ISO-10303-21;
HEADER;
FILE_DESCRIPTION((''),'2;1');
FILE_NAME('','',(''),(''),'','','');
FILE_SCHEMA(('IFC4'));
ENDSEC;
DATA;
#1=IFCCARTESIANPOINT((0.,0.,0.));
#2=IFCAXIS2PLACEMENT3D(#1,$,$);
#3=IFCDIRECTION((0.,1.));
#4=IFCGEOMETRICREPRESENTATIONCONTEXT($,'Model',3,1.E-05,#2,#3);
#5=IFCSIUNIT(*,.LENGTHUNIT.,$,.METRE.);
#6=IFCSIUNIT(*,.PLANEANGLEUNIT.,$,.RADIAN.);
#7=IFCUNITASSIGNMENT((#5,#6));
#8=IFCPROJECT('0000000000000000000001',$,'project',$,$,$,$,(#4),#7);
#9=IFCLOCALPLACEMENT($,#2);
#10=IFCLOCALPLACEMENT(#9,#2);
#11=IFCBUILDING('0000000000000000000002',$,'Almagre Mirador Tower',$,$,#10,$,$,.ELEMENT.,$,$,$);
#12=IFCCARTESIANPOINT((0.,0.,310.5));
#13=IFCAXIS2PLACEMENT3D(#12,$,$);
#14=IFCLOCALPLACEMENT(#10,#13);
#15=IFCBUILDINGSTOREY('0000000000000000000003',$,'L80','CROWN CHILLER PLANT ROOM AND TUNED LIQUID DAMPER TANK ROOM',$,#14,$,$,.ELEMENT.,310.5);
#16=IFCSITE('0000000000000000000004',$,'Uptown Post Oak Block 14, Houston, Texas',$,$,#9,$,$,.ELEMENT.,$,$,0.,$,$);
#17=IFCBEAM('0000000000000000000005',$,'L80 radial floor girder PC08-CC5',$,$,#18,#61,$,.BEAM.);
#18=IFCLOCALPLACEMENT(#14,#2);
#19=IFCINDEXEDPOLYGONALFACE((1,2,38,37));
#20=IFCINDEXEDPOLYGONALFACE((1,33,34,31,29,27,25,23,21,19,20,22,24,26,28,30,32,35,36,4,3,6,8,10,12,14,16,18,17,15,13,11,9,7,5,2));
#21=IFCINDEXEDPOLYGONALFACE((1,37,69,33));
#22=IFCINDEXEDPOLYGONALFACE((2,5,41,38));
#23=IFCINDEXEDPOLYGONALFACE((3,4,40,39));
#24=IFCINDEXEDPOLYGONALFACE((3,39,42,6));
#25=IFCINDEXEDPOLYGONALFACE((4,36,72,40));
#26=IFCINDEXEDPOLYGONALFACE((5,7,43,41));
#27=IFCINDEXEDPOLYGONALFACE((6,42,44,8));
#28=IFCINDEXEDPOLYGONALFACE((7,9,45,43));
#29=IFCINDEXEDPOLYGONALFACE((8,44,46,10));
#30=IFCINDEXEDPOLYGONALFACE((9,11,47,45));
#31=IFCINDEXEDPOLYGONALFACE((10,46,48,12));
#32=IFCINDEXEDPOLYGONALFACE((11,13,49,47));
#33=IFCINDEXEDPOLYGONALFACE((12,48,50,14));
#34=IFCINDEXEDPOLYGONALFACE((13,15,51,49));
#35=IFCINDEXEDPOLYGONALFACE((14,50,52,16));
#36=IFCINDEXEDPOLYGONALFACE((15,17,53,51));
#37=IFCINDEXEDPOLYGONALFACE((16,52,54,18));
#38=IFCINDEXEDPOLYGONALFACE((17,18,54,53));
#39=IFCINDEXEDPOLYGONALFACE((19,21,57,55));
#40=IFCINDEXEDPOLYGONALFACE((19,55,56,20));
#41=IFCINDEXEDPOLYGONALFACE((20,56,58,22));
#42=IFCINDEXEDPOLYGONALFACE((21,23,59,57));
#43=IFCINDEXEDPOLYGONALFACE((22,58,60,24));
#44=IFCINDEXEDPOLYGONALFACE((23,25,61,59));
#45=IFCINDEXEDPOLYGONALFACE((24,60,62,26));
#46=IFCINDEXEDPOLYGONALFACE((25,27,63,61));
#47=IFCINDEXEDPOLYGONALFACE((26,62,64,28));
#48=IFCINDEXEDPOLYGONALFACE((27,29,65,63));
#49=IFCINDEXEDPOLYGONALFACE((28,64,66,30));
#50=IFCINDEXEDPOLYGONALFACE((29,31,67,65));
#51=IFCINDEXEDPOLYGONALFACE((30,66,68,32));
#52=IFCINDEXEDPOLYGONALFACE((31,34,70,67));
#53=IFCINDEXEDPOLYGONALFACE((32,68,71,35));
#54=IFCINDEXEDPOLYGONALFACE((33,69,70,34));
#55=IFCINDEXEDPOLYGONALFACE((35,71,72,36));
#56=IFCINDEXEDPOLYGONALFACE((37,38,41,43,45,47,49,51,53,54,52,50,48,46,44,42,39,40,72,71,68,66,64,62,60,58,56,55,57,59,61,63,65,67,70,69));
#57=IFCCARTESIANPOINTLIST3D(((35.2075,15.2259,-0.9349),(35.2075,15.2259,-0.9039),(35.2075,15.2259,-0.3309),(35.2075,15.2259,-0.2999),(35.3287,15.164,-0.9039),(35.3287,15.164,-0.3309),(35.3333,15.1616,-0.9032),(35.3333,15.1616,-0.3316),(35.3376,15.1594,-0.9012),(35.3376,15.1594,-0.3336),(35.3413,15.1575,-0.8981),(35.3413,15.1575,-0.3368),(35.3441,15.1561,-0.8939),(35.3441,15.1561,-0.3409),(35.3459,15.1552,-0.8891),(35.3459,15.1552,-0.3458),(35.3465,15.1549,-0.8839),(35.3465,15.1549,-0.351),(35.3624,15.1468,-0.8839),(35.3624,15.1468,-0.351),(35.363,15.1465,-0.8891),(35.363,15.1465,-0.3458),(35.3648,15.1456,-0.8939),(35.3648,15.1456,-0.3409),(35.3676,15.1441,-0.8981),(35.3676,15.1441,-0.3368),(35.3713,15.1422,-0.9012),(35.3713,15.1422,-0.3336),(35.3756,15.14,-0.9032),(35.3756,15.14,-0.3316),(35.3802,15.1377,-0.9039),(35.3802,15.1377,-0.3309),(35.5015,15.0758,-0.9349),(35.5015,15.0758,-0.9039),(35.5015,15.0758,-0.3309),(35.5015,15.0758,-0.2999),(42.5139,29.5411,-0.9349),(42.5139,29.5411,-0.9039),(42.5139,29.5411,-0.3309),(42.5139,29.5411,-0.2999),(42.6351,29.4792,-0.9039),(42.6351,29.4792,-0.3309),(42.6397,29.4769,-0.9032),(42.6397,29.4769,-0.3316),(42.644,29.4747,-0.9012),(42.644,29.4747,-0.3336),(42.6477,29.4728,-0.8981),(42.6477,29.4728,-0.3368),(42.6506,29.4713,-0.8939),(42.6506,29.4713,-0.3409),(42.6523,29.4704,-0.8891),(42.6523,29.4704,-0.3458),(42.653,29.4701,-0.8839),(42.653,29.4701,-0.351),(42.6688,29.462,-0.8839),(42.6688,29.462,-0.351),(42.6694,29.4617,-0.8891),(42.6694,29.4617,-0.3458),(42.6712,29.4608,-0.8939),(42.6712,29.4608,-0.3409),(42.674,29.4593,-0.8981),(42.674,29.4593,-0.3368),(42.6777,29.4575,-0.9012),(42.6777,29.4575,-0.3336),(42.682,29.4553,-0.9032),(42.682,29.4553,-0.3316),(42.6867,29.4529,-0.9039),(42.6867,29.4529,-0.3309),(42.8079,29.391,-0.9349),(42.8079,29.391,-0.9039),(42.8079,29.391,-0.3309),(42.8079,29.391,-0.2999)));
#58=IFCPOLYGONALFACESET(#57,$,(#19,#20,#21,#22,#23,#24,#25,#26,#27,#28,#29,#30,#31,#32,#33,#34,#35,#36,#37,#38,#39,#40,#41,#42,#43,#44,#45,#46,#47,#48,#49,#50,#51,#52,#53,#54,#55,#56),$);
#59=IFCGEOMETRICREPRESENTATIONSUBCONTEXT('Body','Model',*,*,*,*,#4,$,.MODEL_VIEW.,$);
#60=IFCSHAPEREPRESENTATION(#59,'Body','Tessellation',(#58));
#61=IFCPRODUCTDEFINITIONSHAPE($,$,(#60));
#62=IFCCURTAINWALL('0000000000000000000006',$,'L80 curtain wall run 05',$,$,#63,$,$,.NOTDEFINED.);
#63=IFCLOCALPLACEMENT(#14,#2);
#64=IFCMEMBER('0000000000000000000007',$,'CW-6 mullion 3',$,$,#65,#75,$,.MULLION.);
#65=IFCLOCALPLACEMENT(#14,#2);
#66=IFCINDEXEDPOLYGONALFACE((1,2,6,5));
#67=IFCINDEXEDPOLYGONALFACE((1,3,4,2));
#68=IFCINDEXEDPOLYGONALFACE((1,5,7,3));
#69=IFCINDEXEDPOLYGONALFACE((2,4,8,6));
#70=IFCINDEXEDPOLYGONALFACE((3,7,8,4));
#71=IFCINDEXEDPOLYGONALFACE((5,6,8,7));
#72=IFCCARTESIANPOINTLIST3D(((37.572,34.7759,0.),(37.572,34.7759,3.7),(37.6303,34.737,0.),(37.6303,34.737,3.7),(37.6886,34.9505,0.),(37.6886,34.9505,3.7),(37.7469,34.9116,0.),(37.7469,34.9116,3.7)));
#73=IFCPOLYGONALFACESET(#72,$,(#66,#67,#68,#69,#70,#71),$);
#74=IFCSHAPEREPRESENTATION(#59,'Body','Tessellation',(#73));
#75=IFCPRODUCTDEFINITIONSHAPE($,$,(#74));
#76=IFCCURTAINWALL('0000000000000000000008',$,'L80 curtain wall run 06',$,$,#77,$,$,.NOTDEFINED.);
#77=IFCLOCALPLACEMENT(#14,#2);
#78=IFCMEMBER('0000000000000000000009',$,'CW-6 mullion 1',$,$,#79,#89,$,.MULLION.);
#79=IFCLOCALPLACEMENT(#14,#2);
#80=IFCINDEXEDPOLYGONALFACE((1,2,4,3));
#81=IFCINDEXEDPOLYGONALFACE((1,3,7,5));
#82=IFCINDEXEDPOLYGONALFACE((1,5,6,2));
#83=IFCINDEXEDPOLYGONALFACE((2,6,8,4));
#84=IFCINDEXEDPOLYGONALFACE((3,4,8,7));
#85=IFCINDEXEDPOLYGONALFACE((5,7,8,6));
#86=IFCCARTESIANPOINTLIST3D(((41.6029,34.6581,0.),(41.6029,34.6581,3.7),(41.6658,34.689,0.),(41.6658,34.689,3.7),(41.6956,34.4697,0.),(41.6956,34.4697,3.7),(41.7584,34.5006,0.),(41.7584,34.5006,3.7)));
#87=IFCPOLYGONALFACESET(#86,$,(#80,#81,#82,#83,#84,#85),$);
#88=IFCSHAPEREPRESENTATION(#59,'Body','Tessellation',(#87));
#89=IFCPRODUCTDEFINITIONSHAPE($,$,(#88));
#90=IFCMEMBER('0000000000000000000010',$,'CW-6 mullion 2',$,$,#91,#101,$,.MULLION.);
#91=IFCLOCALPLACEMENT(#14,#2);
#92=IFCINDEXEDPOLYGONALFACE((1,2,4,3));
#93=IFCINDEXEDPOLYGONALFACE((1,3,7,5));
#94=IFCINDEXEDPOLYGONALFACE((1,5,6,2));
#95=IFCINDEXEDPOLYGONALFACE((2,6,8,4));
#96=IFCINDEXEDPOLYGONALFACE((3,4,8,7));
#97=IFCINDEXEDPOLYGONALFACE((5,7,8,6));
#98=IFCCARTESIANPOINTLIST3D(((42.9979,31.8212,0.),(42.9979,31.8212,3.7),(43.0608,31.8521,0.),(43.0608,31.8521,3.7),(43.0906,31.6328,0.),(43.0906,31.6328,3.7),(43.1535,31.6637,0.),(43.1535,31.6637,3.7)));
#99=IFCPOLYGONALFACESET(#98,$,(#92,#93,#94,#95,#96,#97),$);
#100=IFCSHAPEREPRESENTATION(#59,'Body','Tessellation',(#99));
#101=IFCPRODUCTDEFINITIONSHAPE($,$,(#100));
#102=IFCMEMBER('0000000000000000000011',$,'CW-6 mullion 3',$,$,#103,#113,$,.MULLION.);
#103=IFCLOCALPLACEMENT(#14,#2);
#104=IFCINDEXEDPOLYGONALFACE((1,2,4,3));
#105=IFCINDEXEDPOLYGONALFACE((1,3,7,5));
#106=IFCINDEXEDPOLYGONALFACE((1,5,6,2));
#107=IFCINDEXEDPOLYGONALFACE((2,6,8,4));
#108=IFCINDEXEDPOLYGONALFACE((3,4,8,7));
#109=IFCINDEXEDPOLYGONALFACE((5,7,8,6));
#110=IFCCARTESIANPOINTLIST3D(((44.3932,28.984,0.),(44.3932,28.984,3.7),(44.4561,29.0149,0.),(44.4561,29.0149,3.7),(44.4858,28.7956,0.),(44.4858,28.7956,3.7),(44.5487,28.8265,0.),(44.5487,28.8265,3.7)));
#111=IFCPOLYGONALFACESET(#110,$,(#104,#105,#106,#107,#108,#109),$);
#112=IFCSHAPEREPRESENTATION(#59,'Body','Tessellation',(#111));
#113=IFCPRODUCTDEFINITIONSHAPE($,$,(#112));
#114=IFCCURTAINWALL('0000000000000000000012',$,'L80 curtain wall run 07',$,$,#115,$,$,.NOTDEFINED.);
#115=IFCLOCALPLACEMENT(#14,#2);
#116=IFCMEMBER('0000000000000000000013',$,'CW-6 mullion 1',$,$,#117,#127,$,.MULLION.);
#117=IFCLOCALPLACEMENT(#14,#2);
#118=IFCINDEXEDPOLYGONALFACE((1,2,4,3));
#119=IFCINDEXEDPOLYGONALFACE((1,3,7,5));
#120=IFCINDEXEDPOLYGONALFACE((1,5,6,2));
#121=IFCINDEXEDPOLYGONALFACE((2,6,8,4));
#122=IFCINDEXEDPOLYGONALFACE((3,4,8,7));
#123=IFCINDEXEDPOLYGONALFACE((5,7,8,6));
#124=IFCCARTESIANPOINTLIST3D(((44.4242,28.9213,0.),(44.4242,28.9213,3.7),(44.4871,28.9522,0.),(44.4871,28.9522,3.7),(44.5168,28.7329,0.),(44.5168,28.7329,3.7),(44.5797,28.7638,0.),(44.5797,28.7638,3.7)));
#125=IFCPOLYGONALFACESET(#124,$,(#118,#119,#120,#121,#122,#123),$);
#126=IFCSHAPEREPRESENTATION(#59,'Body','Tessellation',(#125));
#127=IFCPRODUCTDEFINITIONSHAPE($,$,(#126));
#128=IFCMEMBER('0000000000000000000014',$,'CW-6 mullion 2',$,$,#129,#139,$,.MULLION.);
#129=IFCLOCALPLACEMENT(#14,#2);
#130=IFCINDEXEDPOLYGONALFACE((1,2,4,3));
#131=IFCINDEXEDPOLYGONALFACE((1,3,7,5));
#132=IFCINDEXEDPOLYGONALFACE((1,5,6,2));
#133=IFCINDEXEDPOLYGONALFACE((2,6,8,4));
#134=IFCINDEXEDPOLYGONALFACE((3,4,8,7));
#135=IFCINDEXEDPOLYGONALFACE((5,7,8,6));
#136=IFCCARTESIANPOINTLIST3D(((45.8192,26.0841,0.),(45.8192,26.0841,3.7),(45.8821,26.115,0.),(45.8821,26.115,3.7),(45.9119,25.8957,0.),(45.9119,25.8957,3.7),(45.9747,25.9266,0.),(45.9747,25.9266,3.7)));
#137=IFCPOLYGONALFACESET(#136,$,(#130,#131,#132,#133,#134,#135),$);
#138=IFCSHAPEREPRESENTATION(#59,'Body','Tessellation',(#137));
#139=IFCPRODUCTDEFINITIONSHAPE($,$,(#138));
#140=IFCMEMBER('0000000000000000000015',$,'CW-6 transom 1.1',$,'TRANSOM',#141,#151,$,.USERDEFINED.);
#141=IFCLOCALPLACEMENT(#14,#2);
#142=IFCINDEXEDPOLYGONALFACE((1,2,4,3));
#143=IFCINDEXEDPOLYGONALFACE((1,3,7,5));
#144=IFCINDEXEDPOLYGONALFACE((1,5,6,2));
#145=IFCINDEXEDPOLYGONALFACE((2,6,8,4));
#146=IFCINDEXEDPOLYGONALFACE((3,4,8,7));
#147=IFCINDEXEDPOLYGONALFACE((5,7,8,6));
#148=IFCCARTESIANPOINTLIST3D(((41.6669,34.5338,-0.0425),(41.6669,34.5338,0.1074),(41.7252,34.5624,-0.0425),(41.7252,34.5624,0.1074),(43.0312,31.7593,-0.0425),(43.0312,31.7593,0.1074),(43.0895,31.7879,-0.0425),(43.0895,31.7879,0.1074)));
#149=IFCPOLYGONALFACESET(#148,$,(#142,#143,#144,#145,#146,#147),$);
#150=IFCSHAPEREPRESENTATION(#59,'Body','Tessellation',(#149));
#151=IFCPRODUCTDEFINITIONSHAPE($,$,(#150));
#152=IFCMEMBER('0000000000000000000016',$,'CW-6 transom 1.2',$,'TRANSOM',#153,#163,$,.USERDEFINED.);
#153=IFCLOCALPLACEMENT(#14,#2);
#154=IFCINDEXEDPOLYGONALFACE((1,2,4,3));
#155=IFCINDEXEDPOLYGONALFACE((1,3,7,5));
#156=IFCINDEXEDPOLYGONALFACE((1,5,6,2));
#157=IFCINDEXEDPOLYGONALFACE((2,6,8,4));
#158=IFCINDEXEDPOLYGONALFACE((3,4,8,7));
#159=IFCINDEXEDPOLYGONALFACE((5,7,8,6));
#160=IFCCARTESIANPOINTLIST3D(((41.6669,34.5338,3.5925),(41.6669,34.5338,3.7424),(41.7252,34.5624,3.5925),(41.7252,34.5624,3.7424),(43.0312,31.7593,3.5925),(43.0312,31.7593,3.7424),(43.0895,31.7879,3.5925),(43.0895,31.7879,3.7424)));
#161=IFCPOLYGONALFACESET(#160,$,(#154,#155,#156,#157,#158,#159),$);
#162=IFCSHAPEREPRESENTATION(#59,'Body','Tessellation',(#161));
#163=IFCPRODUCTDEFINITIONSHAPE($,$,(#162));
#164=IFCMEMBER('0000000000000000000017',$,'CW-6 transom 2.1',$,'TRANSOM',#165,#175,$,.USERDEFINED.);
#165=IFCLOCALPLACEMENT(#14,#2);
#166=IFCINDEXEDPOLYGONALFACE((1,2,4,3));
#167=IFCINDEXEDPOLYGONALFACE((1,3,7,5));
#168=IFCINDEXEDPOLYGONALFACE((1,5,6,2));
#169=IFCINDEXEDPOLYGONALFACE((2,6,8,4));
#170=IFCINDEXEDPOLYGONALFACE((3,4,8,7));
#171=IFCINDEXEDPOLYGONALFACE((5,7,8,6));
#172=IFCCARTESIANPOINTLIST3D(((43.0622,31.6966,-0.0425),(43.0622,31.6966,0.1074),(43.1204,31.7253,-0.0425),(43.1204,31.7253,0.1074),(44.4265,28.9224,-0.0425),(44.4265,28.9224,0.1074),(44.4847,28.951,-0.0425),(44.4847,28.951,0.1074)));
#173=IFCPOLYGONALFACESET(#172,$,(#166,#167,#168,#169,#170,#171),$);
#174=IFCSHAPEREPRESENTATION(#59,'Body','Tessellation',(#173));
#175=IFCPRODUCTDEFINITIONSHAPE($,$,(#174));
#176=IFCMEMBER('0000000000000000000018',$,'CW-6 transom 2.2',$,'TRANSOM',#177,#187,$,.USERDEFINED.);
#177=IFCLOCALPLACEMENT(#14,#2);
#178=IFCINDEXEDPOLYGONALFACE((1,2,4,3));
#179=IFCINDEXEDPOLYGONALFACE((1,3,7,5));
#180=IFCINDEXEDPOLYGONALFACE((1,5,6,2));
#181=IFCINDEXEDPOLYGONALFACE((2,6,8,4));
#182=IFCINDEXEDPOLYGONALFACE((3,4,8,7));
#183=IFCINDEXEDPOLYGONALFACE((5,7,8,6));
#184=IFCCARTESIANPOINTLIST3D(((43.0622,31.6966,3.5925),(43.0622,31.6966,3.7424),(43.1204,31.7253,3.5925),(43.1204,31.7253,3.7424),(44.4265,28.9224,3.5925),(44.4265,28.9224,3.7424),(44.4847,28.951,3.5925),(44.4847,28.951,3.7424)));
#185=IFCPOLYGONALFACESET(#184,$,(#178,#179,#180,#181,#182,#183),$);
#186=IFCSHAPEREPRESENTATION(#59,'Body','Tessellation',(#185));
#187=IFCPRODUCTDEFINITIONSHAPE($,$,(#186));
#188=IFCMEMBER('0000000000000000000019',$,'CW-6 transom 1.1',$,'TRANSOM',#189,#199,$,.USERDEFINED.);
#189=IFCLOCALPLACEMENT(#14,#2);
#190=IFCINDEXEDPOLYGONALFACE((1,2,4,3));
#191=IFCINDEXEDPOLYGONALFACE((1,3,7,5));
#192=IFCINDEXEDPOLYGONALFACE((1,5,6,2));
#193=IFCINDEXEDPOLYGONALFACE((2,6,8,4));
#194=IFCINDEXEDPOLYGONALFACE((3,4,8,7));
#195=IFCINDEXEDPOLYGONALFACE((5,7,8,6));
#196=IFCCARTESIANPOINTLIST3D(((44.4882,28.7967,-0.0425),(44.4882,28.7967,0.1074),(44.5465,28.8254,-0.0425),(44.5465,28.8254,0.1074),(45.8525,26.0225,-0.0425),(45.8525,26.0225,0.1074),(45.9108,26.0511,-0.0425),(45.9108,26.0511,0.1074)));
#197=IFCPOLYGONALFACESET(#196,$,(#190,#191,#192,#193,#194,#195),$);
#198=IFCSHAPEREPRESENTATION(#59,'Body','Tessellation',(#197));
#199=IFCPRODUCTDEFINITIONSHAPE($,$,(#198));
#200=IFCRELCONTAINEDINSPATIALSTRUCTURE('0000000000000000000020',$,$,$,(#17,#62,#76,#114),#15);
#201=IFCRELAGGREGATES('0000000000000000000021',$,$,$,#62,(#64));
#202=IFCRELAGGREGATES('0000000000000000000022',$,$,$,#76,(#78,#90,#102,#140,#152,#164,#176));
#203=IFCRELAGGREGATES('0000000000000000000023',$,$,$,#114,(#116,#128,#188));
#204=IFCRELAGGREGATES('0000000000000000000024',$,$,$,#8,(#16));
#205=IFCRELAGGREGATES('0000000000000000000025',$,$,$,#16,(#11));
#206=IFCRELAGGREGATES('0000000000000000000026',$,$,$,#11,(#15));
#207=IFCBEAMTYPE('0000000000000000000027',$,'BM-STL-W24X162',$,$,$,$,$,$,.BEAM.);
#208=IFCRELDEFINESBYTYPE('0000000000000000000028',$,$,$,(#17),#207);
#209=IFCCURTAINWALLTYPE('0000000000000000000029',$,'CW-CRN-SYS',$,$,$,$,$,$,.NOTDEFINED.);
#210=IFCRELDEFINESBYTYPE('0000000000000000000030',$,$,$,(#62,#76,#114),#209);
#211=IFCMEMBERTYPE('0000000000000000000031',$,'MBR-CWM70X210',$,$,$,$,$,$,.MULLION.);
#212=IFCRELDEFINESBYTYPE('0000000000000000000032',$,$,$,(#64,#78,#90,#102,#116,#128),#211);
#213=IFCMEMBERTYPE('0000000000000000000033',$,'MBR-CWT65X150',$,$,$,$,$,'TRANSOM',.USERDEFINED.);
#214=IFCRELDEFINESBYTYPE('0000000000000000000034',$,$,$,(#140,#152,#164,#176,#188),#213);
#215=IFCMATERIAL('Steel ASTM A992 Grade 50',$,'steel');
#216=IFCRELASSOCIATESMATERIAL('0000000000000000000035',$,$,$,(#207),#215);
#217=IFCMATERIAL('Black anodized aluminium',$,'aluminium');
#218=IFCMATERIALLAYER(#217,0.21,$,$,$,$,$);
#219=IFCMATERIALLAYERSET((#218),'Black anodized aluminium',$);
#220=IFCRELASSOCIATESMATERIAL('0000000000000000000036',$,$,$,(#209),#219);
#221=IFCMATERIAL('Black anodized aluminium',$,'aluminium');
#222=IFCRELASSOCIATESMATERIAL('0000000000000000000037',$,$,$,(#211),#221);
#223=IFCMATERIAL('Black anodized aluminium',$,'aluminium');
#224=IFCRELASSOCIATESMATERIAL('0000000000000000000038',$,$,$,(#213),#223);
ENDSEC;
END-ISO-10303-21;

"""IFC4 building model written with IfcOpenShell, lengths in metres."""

from ifc_helpers import new_model, si_unit, direction, frame, origin, origin_2d, place, context, subcontext, project, spatial, rectangle, i_section, extrude, material, layer, layer_set, material_profile, profile_set, type_object, element, aggregate, save


model = new_model("IFC4")

# Units and contexts
model_context = context("Model", 3, precision=1e-05, world=origin(), true_north=direction((0.0, 1.0)))
body_context = subcontext(model_context, "Body", "Model", "MODEL_VIEW")
ifc_project = project(units=[si_unit("LENGTHUNIT", "METRE"), si_unit("PLANEANGLEUNIT", "RADIAN")], contexts=[model_context])

# Site, building, storey
site_placement = place(None, origin())
site = spatial("IfcSite", under=ifc_project, at=site_placement, Name="Uptown Post Oak Block 14, Houston, Texas", CompositionType="ELEMENT", RefElevation=0.0)
building_placement = place(site_placement, origin())
building = spatial("IfcBuilding", under=site, at=building_placement, Name="Almagre Mirador Tower", CompositionType="ELEMENT")
storey_placement = place(building_placement, frame((0.0, 0.0, 310.5)))
storey = spatial("IfcBuildingStorey", under=building, at=storey_placement, Name="L80", Description="CROWN CHILLER PLANT ROOM AND TUNED LIQUID DAMPER TANK ROOM", CompositionType="ELEMENT", Elevation=310.5)

# Beam
ifc_material_1 = material(Name="Steel ASTM A992 Grade 50", Category="steel")
ifc_material_profile_1 = material_profile(ifc_material_1, i_section(OverallWidth=0.3301, OverallDepth=0.635, WebThickness=0.0178, FlangeThickness=0.031, FilletRadius=0.02, at=origin_2d()), Name="W24X162")
ifc_profile_set_1 = profile_set([ifc_material_profile_1], Name="Steel ASTM A992 Grade 50")
beam_type_1 = type_object("IfcBeamType", Name="BM-STL-W24X162", PredefinedType="BEAM", material=ifc_profile_set_1)
beam_1_placement = place(storey_placement, frame((42.6609, 29.4661, -0.6174), z_axis=(-0.454605, -0.890693, 0.0), x_axis=(0.890693, -0.454605, 0.0)))
element("IfcBeam", 1, at=beam_1_placement, inside=storey, type_object=beam_type_1, Name="L80 radial floor girder PC08-CC5", PredefinedType="BEAM", context=body_context, shape_type="SweptSolid", body=[
    extrude(i_section(OverallWidth=0.3301, OverallDepth=0.635, WebThickness=0.0178, FlangeThickness=0.031, FilletRadius=0.02, at=origin_2d()), origin(), (0.0, 0.0, 1.0), 16.072),
])

# Curtain wall, member
ifc_material_2 = material(Name="Black anodized aluminium", Category="aluminium")
ifc_layer_1 = layer(ifc_material_2, 0.21)
ifc_layer_set_1 = layer_set([ifc_layer_1], Name="Black anodized aluminium")
curtain_wall_type = type_object("IfcCurtainWallType", Name="CW-CRN-SYS", PredefinedType="NOTDEFINED", material=ifc_layer_set_1)
curtain_wall_1_placement = place(storey_placement, origin())
curtain_wall_1 = element("IfcCurtainWall", 2, at=curtain_wall_1_placement, inside=storey, type_object=curtain_wall_type, Name="L80 curtain wall run 05", PredefinedType="NOTDEFINED")
ifc_material_3 = material(Name="Black anodized aluminium", Category="aluminium")
ifc_material_profile_2 = material_profile(ifc_material_3, rectangle(XDim=0.0701, YDim=0.21, at=origin_2d()), Name="CWM70X210")
ifc_profile_set_2 = profile_set([ifc_material_profile_2], Name="Black anodized aluminium")
member_type_1 = type_object("IfcMemberType", Name="MBR-CWM70X210", PredefinedType="MULLION", material=ifc_profile_set_2)
member_1_placement = place(storey_placement, frame((37.6594, 34.8438, 0.0), z_axis=(0.0, 0.0, 1.0), x_axis=(-0.831672, 0.555267, 0.0)))
member_1 = element("IfcMember", 3, at=member_1_placement, type_object=member_type_1, Name="CW-6 mullion 3", PredefinedType="MULLION", context=body_context, shape_type="SweptSolid", body=[
    extrude(rectangle(XDim=0.0701, YDim=0.21, at=origin_2d()), origin(), (0.0, 0.0, 1.0), 3.7),
])

# Curtain walls, members
curtain_wall_2_placement = place(storey_placement, origin())
curtain_wall_2 = element("IfcCurtainWall", 4, at=curtain_wall_2_placement, inside=storey, type_object=curtain_wall_type, Name="L80 curtain wall run 06", PredefinedType="NOTDEFINED")
member_2_placement = place(storey_placement, frame((41.6807, 34.5793, 0.0), z_axis=(0.0, 0.0, 1.0), x_axis=(0.897358, 0.441304, 0.0)))
member_2 = element("IfcMember", 5, at=member_2_placement, type_object=member_type_1, Name="CW-6 mullion 1", PredefinedType="MULLION", context=body_context, shape_type="SweptSolid", body=[
    extrude(rectangle(XDim=0.0701, YDim=0.21, at=origin_2d()), origin(), (0.0, 0.0, 1.0), 3.7),
])
member_3_placement = place(storey_placement, frame((43.0757, 31.7424, 0.0), z_axis=(0.0, 0.0, 1.0), x_axis=(0.897358, 0.441304, 0.0)))
member_3 = element("IfcMember", 6, at=member_3_placement, type_object=member_type_1, Name="CW-6 mullion 2", PredefinedType="MULLION", context=body_context, shape_type="SweptSolid", body=[
    extrude(rectangle(XDim=0.0701, YDim=0.21, at=origin_2d()), origin(), (0.0, 0.0, 1.0), 3.7),
])
member_4_placement = place(storey_placement, frame((44.4709, 28.9053, 0.0), z_axis=(0.0, 0.0, 1.0), x_axis=(0.897358, 0.441304, 0.0)))
member_4 = element("IfcMember", 7, at=member_4_placement, type_object=member_type_1, Name="CW-6 mullion 3", PredefinedType="MULLION", context=body_context, shape_type="SweptSolid", body=[
    extrude(rectangle(XDim=0.0701, YDim=0.21, at=origin_2d()), origin(), (0.0, 0.0, 1.0), 3.7),
])
curtain_wall_3_placement = place(storey_placement, origin())
curtain_wall_3 = element("IfcCurtainWall", 8, at=curtain_wall_3_placement, inside=storey, type_object=curtain_wall_type, Name="L80 curtain wall run 07", PredefinedType="NOTDEFINED")
member_5_placement = place(storey_placement, frame((44.502, 28.8425, 0.0), z_axis=(0.0, 0.0, 1.0), x_axis=(0.897361, 0.441298, 0.0)))
member_5 = element("IfcMember", 9, at=member_5_placement, type_object=member_type_1, Name="CW-6 mullion 1", PredefinedType="MULLION", context=body_context, shape_type="SweptSolid", body=[
    extrude(rectangle(XDim=0.0701, YDim=0.21, at=origin_2d()), origin(), (0.0, 0.0, 1.0), 3.7),
])
member_6_placement = place(storey_placement, frame((45.897, 26.0054, 0.0), z_axis=(0.0, 0.0, 1.0), x_axis=(0.897361, 0.441298, 0.0)))
member_6 = element("IfcMember", 10, at=member_6_placement, type_object=member_type_1, Name="CW-6 mullion 2", PredefinedType="MULLION", context=body_context, shape_type="SweptSolid", body=[
    extrude(rectangle(XDim=0.0701, YDim=0.21, at=origin_2d()), origin(), (0.0, 0.0, 1.0), 3.7),
])

# Members
ifc_material_4 = material(Name="Black anodized aluminium", Category="aluminium")
ifc_material_profile_3 = material_profile(ifc_material_4, rectangle(XDim=0.0649, YDim=0.1499, at=origin_2d()), Name="CWT65X150")
ifc_profile_set_3 = profile_set([ifc_material_profile_3], Name="Black anodized aluminium")
member_type_2 = type_object("IfcMemberType", Name="MBR-CWT65X150", ElementType="TRANSOM", PredefinedType="USERDEFINED", material=ifc_profile_set_3)
member_7_placement = place(storey_placement, frame((41.696, 34.5481, 0.0325), z_axis=(0.441265, -0.897377, 0.0), x_axis=(0.897377, 0.441265, 0.0)))
member_7 = element("IfcMember", 11, at=member_7_placement, type_object=member_type_2, Name="CW-6 transom 1.1", ObjectType="TRANSOM", PredefinedType="USERDEFINED", context=body_context, shape_type="SweptSolid", body=[
    extrude(rectangle(XDim=0.0649, YDim=0.1499, at=origin_2d()), origin(), (0.0, 0.0, 1.0), 3.0918),
])
member_8_placement = place(storey_placement, frame((41.696, 34.5481, 3.6675), z_axis=(0.441265, -0.897377, 0.0), x_axis=(0.897377, 0.441265, 0.0)))
member_8 = element("IfcMember", 12, at=member_8_placement, type_object=member_type_2, Name="CW-6 transom 1.2", ObjectType="TRANSOM", PredefinedType="USERDEFINED", context=body_context, shape_type="SweptSolid", body=[
    extrude(rectangle(XDim=0.0649, YDim=0.1499, at=origin_2d()), origin(), (0.0, 0.0, 1.0), 3.0918),
])
member_9_placement = place(storey_placement, frame((43.0913, 31.7109, 0.0325), z_axis=(0.441297, -0.897361, 0.0), x_axis=(0.897361, 0.441297, 0.0)))
member_9 = element("IfcMember", 13, at=member_9_placement, type_object=member_type_2, Name="CW-6 transom 2.1", ObjectType="TRANSOM", PredefinedType="USERDEFINED", context=body_context, shape_type="SweptSolid", body=[
    extrude(rectangle(XDim=0.0649, YDim=0.1499, at=origin_2d()), origin(), (0.0, 0.0, 1.0), 3.0916),
])
member_10_placement = place(storey_placement, frame((43.0913, 31.7109, 3.6675), z_axis=(0.441297, -0.897361, 0.0), x_axis=(0.897361, 0.441297, 0.0)))
member_10 = element("IfcMember", 14, at=member_10_placement, type_object=member_type_2, Name="CW-6 transom 2.2", ObjectType="TRANSOM", PredefinedType="USERDEFINED", context=body_context, shape_type="SweptSolid", body=[
    extrude(rectangle(XDim=0.0649, YDim=0.1499, at=origin_2d()), origin(), (0.0, 0.0, 1.0), 3.0916),
])
member_11_placement = place(storey_placement, frame((44.5173, 28.811, 0.0325), z_axis=(0.441297, -0.897361, 0.0), x_axis=(0.897361, 0.441297, 0.0)))
member_11 = element("IfcMember", 15, at=member_11_placement, type_object=member_type_2, Name="CW-6 transom 1.1", ObjectType="TRANSOM", PredefinedType="USERDEFINED", context=body_context, shape_type="SweptSolid", body=[
    extrude(rectangle(XDim=0.0649, YDim=0.1499, at=origin_2d()), origin(), (0.0, 0.0, 1.0), 3.0916),
])

aggregate(curtain_wall_1, [member_1])
aggregate(curtain_wall_2, [member_2, member_3, member_4, member_7, member_8, member_9, member_10])
aggregate(curtain_wall_3, [member_5, member_6, member_11])

save(model, "model.ifc")
